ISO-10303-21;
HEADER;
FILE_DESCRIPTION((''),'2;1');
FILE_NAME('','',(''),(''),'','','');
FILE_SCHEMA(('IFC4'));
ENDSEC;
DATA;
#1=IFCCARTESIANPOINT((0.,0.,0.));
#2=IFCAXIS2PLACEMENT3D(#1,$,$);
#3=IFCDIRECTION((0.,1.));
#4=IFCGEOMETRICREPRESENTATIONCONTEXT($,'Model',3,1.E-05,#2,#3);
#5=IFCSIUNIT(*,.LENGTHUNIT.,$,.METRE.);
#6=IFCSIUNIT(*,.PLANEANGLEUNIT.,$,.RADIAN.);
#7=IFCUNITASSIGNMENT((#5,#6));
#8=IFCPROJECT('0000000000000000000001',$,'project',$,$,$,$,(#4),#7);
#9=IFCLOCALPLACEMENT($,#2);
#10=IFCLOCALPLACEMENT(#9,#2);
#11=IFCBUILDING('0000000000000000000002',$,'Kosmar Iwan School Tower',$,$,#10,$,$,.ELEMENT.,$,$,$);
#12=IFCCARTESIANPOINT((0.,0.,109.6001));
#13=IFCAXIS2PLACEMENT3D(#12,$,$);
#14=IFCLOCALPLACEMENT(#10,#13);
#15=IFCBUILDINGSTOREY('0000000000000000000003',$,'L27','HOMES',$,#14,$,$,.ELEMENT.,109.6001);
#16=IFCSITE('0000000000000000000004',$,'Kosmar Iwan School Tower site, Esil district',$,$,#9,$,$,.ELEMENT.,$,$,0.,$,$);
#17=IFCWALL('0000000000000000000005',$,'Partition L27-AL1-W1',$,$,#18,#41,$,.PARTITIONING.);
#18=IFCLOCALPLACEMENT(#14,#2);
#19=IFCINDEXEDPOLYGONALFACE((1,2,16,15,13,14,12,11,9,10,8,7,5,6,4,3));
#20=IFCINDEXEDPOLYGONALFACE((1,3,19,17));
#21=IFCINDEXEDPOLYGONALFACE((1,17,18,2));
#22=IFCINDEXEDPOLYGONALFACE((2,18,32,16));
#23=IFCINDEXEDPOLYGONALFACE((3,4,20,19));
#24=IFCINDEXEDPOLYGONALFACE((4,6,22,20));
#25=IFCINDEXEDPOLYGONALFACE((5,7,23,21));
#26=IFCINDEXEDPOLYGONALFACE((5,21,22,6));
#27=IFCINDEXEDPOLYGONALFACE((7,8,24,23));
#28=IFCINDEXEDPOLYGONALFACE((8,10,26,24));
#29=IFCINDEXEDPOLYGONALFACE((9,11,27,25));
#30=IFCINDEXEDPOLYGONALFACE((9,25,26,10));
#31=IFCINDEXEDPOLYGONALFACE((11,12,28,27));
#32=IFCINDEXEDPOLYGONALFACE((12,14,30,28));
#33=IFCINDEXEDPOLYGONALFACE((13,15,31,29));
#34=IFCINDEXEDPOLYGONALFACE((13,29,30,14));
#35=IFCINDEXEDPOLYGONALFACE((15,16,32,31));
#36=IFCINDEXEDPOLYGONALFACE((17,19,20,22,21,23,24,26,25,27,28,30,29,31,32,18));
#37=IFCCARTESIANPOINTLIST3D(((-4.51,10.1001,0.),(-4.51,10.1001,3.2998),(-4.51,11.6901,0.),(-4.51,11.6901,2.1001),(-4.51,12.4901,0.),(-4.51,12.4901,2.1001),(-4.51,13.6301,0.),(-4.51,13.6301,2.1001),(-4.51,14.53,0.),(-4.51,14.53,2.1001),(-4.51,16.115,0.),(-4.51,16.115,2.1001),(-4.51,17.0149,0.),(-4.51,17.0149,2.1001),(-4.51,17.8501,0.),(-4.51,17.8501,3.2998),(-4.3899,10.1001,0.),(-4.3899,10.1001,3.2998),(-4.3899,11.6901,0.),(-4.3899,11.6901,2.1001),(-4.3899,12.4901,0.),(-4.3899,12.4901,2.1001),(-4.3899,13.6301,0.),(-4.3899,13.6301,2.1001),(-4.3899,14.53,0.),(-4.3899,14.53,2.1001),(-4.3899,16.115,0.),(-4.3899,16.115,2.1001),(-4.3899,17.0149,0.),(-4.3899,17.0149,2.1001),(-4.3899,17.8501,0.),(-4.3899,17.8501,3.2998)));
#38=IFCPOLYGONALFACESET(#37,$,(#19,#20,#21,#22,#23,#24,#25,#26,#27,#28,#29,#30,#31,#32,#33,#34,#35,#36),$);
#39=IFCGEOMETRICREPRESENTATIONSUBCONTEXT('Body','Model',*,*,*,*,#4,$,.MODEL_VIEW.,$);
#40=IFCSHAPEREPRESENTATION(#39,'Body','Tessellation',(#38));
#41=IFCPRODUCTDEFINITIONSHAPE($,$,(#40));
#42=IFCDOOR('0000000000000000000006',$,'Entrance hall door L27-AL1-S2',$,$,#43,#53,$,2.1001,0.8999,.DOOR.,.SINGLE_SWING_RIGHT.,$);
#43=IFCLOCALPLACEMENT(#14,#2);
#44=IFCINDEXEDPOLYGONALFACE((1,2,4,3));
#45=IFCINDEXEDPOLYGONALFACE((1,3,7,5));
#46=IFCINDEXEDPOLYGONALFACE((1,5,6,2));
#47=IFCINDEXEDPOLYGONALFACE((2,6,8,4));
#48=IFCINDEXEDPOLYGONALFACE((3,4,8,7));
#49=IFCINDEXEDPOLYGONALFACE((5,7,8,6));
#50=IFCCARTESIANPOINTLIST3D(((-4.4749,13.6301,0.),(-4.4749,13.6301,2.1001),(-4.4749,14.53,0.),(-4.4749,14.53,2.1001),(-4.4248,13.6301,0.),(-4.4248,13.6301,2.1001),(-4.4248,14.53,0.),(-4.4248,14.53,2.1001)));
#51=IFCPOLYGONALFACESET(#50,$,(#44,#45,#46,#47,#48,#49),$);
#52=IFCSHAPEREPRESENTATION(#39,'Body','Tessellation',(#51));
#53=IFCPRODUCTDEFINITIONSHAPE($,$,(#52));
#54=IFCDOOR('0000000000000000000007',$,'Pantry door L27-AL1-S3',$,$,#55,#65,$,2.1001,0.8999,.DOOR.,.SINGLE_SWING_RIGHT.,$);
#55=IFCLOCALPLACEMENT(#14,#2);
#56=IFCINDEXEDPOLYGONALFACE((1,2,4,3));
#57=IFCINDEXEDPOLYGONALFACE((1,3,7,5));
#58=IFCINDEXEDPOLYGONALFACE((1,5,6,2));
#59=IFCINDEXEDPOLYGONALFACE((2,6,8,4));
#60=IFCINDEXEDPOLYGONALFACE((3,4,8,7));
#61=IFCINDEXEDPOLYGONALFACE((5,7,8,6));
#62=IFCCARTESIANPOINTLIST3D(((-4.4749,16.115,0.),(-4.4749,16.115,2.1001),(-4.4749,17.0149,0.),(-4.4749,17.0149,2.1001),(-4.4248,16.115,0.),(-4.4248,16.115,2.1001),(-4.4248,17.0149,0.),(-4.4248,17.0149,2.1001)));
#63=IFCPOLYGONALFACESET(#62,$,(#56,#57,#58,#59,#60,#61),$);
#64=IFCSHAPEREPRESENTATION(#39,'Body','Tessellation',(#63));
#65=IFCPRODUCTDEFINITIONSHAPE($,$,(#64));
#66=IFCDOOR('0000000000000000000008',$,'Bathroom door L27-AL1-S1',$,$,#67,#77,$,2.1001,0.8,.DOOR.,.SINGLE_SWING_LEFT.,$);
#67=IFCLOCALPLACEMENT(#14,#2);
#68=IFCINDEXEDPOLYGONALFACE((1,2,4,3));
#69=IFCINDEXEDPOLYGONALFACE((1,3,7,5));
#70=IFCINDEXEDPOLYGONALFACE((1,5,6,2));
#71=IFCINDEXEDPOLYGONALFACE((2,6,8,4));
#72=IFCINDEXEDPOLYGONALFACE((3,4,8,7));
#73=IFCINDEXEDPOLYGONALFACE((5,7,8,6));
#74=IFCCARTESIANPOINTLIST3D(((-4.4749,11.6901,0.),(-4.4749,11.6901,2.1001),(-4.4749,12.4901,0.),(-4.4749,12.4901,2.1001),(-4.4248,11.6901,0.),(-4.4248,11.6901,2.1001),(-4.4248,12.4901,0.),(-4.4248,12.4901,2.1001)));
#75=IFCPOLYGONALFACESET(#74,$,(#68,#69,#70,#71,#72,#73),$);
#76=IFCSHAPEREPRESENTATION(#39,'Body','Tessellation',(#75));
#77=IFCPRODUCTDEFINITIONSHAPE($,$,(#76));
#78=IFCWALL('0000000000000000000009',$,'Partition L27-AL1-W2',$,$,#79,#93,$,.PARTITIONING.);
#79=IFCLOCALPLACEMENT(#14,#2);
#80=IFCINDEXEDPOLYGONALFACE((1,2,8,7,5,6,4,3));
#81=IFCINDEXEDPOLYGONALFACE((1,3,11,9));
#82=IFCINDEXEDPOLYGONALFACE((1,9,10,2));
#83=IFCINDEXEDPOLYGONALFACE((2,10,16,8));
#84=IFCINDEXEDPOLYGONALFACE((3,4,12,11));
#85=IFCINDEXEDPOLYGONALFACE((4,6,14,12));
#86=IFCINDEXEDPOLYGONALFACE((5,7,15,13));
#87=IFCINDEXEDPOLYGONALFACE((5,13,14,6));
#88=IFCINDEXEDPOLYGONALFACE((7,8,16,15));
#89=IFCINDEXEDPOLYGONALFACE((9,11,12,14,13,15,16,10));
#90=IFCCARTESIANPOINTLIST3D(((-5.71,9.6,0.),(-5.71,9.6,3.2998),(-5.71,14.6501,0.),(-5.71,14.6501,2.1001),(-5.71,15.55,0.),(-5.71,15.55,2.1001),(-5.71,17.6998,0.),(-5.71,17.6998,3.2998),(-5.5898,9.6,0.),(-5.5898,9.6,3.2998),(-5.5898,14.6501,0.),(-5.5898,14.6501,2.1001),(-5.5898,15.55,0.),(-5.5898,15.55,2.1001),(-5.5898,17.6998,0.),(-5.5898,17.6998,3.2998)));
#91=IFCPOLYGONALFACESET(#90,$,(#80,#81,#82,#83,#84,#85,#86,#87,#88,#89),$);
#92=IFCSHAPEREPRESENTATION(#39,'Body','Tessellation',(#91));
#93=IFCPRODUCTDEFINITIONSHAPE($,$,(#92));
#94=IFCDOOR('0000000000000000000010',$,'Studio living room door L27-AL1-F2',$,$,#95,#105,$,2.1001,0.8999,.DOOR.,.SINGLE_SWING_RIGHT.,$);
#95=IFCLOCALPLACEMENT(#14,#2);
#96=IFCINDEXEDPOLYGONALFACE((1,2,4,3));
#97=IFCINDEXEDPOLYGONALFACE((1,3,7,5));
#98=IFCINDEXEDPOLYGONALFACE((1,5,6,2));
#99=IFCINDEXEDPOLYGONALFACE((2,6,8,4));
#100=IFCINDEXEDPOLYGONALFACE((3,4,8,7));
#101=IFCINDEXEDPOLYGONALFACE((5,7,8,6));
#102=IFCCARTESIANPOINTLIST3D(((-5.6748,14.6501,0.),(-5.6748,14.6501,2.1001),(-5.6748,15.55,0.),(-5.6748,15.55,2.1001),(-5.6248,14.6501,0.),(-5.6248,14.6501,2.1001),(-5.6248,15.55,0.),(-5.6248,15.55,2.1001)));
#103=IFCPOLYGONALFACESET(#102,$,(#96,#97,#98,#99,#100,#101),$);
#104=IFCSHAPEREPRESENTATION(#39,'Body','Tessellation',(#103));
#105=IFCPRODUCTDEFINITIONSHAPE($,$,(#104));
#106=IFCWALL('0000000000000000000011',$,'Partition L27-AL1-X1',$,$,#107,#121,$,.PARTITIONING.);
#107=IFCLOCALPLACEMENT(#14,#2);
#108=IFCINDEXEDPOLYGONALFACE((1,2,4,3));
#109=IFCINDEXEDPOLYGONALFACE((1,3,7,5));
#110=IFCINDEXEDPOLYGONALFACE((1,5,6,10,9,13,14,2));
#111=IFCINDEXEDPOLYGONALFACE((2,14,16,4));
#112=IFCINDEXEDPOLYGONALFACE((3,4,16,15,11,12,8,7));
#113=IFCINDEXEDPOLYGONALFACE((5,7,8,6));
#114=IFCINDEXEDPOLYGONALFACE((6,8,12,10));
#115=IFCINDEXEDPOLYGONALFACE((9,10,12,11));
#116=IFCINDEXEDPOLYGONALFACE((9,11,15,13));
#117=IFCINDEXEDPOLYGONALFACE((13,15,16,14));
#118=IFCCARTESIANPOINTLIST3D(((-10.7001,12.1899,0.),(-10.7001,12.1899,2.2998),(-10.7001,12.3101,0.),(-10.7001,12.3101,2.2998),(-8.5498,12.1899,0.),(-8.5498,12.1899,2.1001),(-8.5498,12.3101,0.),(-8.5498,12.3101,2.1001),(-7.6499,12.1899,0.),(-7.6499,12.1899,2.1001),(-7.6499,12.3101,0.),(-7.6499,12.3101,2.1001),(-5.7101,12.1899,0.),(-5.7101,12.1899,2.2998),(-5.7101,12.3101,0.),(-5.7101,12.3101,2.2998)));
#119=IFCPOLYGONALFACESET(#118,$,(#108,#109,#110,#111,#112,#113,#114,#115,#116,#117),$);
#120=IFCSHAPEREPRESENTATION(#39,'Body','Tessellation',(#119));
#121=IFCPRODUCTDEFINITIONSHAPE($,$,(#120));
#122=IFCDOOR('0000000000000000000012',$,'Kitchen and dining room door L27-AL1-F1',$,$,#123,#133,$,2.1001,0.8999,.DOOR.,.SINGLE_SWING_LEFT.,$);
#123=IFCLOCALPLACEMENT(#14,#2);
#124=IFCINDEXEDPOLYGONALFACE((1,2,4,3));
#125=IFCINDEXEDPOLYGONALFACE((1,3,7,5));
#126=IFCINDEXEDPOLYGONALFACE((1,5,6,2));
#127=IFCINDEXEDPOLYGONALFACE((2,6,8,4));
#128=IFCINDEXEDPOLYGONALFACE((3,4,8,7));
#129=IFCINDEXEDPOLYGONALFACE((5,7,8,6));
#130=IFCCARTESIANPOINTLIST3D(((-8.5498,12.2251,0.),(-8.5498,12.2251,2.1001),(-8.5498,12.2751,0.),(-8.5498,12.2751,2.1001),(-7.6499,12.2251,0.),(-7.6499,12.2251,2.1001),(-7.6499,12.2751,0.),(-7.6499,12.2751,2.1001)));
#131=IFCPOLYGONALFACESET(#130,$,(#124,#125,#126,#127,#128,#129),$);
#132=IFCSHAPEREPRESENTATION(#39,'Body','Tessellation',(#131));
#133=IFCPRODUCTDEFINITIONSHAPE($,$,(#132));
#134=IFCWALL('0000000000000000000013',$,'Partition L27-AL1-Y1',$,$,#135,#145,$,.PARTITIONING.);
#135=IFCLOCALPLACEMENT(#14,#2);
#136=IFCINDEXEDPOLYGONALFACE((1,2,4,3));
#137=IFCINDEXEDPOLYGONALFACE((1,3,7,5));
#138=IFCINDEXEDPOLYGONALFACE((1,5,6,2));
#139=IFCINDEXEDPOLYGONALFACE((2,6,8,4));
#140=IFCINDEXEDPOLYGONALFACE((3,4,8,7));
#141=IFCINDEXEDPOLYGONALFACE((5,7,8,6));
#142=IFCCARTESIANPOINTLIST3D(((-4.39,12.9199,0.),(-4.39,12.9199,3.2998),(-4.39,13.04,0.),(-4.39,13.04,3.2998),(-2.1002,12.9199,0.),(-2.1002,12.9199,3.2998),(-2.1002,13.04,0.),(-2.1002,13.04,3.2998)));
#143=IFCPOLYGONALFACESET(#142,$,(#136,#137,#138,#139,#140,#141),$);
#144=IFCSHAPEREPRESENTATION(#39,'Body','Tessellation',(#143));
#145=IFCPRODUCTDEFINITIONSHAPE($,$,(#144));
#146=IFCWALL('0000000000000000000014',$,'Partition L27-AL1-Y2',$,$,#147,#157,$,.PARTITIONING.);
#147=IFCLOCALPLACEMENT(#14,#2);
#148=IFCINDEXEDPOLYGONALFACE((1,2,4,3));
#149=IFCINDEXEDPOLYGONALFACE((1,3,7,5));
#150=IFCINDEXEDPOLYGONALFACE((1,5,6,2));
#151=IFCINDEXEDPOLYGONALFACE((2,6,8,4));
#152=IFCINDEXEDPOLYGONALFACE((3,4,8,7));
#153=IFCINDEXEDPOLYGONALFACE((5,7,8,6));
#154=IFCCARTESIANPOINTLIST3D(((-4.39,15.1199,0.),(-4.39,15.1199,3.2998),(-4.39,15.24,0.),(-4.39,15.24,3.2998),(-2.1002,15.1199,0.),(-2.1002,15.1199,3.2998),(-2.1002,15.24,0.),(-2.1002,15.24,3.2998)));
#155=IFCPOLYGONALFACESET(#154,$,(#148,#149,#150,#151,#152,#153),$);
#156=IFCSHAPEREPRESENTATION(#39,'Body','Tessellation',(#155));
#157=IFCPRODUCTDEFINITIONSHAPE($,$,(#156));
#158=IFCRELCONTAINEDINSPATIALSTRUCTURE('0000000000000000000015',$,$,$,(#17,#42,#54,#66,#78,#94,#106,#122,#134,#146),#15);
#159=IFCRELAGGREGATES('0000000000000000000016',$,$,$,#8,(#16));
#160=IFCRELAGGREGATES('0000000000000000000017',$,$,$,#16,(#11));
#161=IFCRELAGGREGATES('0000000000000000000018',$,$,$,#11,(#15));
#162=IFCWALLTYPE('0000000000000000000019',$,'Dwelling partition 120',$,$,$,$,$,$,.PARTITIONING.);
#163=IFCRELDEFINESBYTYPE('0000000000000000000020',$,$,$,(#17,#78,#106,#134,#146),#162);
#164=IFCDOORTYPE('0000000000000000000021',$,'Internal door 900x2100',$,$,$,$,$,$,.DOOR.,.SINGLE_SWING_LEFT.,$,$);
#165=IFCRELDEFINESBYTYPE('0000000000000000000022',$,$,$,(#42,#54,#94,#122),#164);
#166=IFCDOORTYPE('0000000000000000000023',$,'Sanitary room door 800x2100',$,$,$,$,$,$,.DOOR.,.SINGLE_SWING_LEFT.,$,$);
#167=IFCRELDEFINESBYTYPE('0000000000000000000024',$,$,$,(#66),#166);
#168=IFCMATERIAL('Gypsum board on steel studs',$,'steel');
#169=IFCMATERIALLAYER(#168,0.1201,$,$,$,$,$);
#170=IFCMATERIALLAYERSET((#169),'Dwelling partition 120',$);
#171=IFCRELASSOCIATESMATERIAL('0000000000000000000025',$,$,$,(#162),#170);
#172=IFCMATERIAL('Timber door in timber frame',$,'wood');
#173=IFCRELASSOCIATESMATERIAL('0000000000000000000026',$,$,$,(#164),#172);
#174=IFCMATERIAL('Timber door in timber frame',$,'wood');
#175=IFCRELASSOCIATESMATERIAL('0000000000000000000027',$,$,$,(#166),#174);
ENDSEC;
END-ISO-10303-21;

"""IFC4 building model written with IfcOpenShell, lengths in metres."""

from ifc_helpers import new_model, si_unit, direction, frame, frame_2d, origin, place, context, subcontext, project, spatial, rectangle, extrude, material, layer, layer_set, type_object, element, fill, save


model = new_model("IFC4")

# Units and contexts
model_context = context("Model", 3, precision=1e-05, world=origin(), true_north=direction((0.0, 1.0)))
body_context = subcontext(model_context, "Body", "Model", "MODEL_VIEW")
ifc_project = project(units=[si_unit("LENGTHUNIT", "METRE"), si_unit("PLANEANGLEUNIT", "RADIAN")], contexts=[model_context])

# Site, building, storey
site_placement = place(None, origin())
site = spatial("IfcSite", under=ifc_project, at=site_placement, Name="Kosmar Iwan School Tower site, Esil district", CompositionType="ELEMENT", RefElevation=0.0)
building_placement = place(site_placement, origin())
building = spatial("IfcBuilding", under=site, at=building_placement, Name="Kosmar Iwan School Tower", CompositionType="ELEMENT")
storey_placement = place(building_placement, frame((0.0, 0.0, 109.6001)))
storey = spatial("IfcBuildingStorey", under=building, at=storey_placement, Name="L27", Description="HOMES", CompositionType="ELEMENT", Elevation=109.6001)

# Wall, openings, doors
ifc_material_1 = material(Name="Gypsum board on steel studs", Category="steel")
ifc_layer_1 = layer(ifc_material_1, 0.1201)
ifc_layer_set_1 = layer_set([ifc_layer_1], Name="Dwelling partition 120")
wall_type_1 = type_object("IfcWallType", Name="Dwelling partition 120", PredefinedType="PARTITIONING", material=ifc_layer_set_1)
wall_1_placement = place(storey_placement, frame((-4.45, 10.1001, 0.0), z_axis=(0.0, 0.0, 1.0), x_axis=(0.0, 1.0, 0.0)))
wall_1 = element("IfcWall", 1, at=wall_1_placement, inside=storey, type_object=wall_type_1, Name="Partition L27-AL1-W1", PredefinedType="PARTITIONING", context=body_context, shape_type="SweptSolid", body=[
    extrude(rectangle(XDim=7.75, YDim=0.1201, at=frame_2d((3.875, 0.0))), origin(), (0.0, 0.0, 1.0), 3.2998),
])
opening_1_placement = place(wall_1_placement, frame((1.5901, 0.0, 0.0)))
opening_1 = element("IfcOpeningElement", 2, at=opening_1_placement, cuts=wall_1, PredefinedType="OPENING", context=body_context, shape_type="SweptSolid", body=[
    extrude(rectangle(XDim=0.8, YDim=2.1001, at=frame_2d((0.3999, 1.05))), frame((0.0, 0.072, 0.0), z_axis=(0.0, -1.0, 0.0), x_axis=(1.0, 0.0, 0.0)), (0.0, 0.0, 1.0), 0.144),
])
opening_2_placement = place(wall_1_placement, frame((3.53, 0.0, 0.0)))
opening_2 = element("IfcOpeningElement", 3, at=opening_2_placement, cuts=wall_1, PredefinedType="OPENING", context=body_context, shape_type="SweptSolid", body=[
    extrude(rectangle(XDim=0.8999, YDim=2.1001, at=frame_2d((0.45, 1.05))), frame((0.0, 0.072, 0.0), z_axis=(0.0, -1.0, 0.0), x_axis=(1.0, 0.0, 0.0)), (0.0, 0.0, 1.0), 0.144),
])
opening_3_placement = place(wall_1_placement, frame((6.0149, 0.0, 0.0)))
opening_3 = element("IfcOpeningElement", 4, at=opening_3_placement, cuts=wall_1, PredefinedType="OPENING", context=body_context, shape_type="SweptSolid", body=[
    extrude(rectangle(XDim=0.8999, YDim=2.1001, at=frame_2d((0.45, 1.05))), frame((0.0, 0.072, 0.0), z_axis=(0.0, -1.0, 0.0), x_axis=(1.0, 0.0, 0.0)), (0.0, 0.0, 1.0), 0.144),
])
ifc_material_2 = material(Name="Timber door in timber frame", Category="wood")
door_type_1 = type_object("IfcDoorType", Name="Internal door 900x2100", OperationType="SINGLE_SWING_LEFT", PredefinedType="DOOR", material=ifc_material_2)
door_1_placement = place(opening_2_placement, origin())
door_1 = element("IfcDoor", 5, at=door_1_placement, inside=storey, type_object=door_type_1, Name="Entrance hall door L27-AL1-S2", OperationType="SINGLE_SWING_RIGHT", OverallHeight=2.1001, OverallWidth=0.8999, PredefinedType="DOOR", context=body_context, shape_type="SweptSolid", body=[
    extrude(rectangle(XDim=0.8999, YDim=2.1001, at=frame_2d((0.45, 1.05))), frame((0.0, 0.0249, 0.0), z_axis=(0.0, -1.0, 0.0), x_axis=(1.0, 0.0, 0.0)), (0.0, 0.0, 1.0), 0.05),
])
fill(opening_2, door_1)
door_2_placement = place(opening_3_placement, origin())
door_2 = element("IfcDoor", 6, at=door_2_placement, inside=storey, type_object=door_type_1, Name="Pantry door L27-AL1-S3", OperationType="SINGLE_SWING_RIGHT", OverallHeight=2.1001, OverallWidth=0.8999, PredefinedType="DOOR", context=body_context, shape_type="SweptSolid", body=[
    extrude(rectangle(XDim=0.8999, YDim=2.1001, at=frame_2d((0.45, 1.05))), frame((0.0, 0.0249, 0.0), z_axis=(0.0, -1.0, 0.0), x_axis=(1.0, 0.0, 0.0)), (0.0, 0.0, 1.0), 0.05),
])
fill(opening_3, door_2)
ifc_material_3 = material(Name="Timber door in timber frame", Category="wood")
door_type_2 = type_object("IfcDoorType", Name="Sanitary room door 800x2100", OperationType="SINGLE_SWING_LEFT", PredefinedType="DOOR", material=ifc_material_3)
door_3_placement = place(opening_1_placement, origin())
door_3 = element("IfcDoor", 7, at=door_3_placement, inside=storey, type_object=door_type_2, Name="Bathroom door L27-AL1-S1", OperationType="SINGLE_SWING_LEFT", OverallHeight=2.1001, OverallWidth=0.8, PredefinedType="DOOR", context=body_context, shape_type="SweptSolid", body=[
    extrude(rectangle(XDim=0.8, YDim=2.1001, at=frame_2d((0.3999, 1.05))), frame((0.0, 0.0249, 0.0), z_axis=(0.0, -1.0, 0.0), x_axis=(1.0, 0.0, 0.0)), (0.0, 0.0, 1.0), 0.05),
])
fill(opening_1, door_3)

# Walls, openings, doors
wall_2_placement = place(storey_placement, frame((-5.6499, 9.6001, 0.0), z_axis=(0.0, 0.0, 1.0), x_axis=(0.0, 1.0, 0.0)))
wall_2 = element("IfcWall", 8, at=wall_2_placement, inside=storey, type_object=wall_type_1, Name="Partition L27-AL1-W2", PredefinedType="PARTITIONING", context=body_context, shape_type="SweptSolid", body=[
    extrude(rectangle(XDim=8.0999, YDim=0.1201, at=frame_2d((4.0498, 0.0))), origin(), (0.0, 0.0, 1.0), 3.2998),
])
opening_4_placement = place(wall_2_placement, frame((5.05, 0.0, 0.0)))
opening_4 = element("IfcOpeningElement", 9, at=opening_4_placement, cuts=wall_2, PredefinedType="OPENING", context=body_context, shape_type="SweptSolid", body=[
    extrude(rectangle(XDim=0.8999, YDim=2.1001, at=frame_2d((0.45, 1.05))), frame((0.0, 0.072, 0.0), z_axis=(0.0, -1.0, 0.0), x_axis=(1.0, 0.0, 0.0)), (0.0, 0.0, 1.0), 0.144),
])
door_4_placement = place(opening_4_placement, origin())
door_4 = element("IfcDoor", 10, at=door_4_placement, inside=storey, type_object=door_type_1, Name="Studio living room door L27-AL1-F2", OperationType="SINGLE_SWING_RIGHT", OverallHeight=2.1001, OverallWidth=0.8999, PredefinedType="DOOR", context=body_context, shape_type="SweptSolid", body=[
    extrude(rectangle(XDim=0.8999, YDim=2.1001, at=frame_2d((0.45, 1.05))), frame((0.0, 0.0249, 0.0), z_axis=(0.0, -1.0, 0.0), x_axis=(1.0, 0.0, 0.0)), (0.0, 0.0, 1.0), 0.05),
])
fill(opening_4, door_4)
wall_3_placement = place(storey_placement, frame((-5.71, 12.25, 0.0), z_axis=(0.0, 0.0, 1.0), x_axis=(-1.0, 0.0, 0.0)))
wall_3 = element("IfcWall", 11, at=wall_3_placement, inside=storey, type_object=wall_type_1, Name="Partition L27-AL1-X1", PredefinedType="PARTITIONING", context=body_context, shape_type="SweptSolid", body=[
    extrude(rectangle(XDim=4.99, YDim=0.1201, at=frame_2d((2.4951, 0.0))), origin(), (0.0, 0.0, 1.0), 2.2998),
])
opening_5_placement = place(wall_3_placement, frame((1.9399, 0.0, 0.0)))
opening_5 = element("IfcOpeningElement", 12, at=opening_5_placement, cuts=wall_3, PredefinedType="OPENING", context=body_context, shape_type="SweptSolid", body=[
    extrude(rectangle(XDim=0.8999, YDim=2.1001, at=frame_2d((0.45, 1.05))), frame((0.0, 0.072, 0.0), z_axis=(0.0, -1.0, 0.0), x_axis=(1.0, 0.0, 0.0)), (0.0, 0.0, 1.0), 0.144),
])
door_5_placement = place(opening_5_placement, origin())
door_5 = element("IfcDoor", 13, at=door_5_placement, inside=storey, type_object=door_type_1, Name="Kitchen and dining room door L27-AL1-F1", OperationType="SINGLE_SWING_LEFT", OverallHeight=2.1001, OverallWidth=0.8999, PredefinedType="DOOR", context=body_context, shape_type="SweptSolid", body=[
    extrude(rectangle(XDim=0.8999, YDim=2.1001, at=frame_2d((0.45, 1.05))), frame((0.0, 0.0249, 0.0), z_axis=(0.0, -1.0, 0.0), x_axis=(1.0, 0.0, 0.0)), (0.0, 0.0, 1.0), 0.05),
])
fill(opening_5, door_5)

# Walls
for number, where, z_axis, x_axis, name in (
    (14, (-2.1001, 12.98, 0.0), (0.0, 0.0, 1.0), (-1.0, 0.0, 0.0), "Partition L27-AL1-Y1"),
    (15, (-2.1001, 15.1799, 0.0), (0.0, 0.0, 1.0), (-1.0, 0.0, 0.0), "Partition L27-AL1-Y2"),
):
    element("IfcWall", number, at=place(storey_placement, frame(where, z_axis=z_axis, x_axis=x_axis)), inside=storey, type_object=wall_type_1, Name=name, PredefinedType="PARTITIONING", context=body_context, shape_type="SweptSolid", body=[
        extrude(rectangle(XDim=2.2898, YDim=0.1201, at=frame_2d((1.145, 0.0))), origin(), (0.0, 0.0, 1.0), 3.2998),
    ])

save(model, "model.ifc")
